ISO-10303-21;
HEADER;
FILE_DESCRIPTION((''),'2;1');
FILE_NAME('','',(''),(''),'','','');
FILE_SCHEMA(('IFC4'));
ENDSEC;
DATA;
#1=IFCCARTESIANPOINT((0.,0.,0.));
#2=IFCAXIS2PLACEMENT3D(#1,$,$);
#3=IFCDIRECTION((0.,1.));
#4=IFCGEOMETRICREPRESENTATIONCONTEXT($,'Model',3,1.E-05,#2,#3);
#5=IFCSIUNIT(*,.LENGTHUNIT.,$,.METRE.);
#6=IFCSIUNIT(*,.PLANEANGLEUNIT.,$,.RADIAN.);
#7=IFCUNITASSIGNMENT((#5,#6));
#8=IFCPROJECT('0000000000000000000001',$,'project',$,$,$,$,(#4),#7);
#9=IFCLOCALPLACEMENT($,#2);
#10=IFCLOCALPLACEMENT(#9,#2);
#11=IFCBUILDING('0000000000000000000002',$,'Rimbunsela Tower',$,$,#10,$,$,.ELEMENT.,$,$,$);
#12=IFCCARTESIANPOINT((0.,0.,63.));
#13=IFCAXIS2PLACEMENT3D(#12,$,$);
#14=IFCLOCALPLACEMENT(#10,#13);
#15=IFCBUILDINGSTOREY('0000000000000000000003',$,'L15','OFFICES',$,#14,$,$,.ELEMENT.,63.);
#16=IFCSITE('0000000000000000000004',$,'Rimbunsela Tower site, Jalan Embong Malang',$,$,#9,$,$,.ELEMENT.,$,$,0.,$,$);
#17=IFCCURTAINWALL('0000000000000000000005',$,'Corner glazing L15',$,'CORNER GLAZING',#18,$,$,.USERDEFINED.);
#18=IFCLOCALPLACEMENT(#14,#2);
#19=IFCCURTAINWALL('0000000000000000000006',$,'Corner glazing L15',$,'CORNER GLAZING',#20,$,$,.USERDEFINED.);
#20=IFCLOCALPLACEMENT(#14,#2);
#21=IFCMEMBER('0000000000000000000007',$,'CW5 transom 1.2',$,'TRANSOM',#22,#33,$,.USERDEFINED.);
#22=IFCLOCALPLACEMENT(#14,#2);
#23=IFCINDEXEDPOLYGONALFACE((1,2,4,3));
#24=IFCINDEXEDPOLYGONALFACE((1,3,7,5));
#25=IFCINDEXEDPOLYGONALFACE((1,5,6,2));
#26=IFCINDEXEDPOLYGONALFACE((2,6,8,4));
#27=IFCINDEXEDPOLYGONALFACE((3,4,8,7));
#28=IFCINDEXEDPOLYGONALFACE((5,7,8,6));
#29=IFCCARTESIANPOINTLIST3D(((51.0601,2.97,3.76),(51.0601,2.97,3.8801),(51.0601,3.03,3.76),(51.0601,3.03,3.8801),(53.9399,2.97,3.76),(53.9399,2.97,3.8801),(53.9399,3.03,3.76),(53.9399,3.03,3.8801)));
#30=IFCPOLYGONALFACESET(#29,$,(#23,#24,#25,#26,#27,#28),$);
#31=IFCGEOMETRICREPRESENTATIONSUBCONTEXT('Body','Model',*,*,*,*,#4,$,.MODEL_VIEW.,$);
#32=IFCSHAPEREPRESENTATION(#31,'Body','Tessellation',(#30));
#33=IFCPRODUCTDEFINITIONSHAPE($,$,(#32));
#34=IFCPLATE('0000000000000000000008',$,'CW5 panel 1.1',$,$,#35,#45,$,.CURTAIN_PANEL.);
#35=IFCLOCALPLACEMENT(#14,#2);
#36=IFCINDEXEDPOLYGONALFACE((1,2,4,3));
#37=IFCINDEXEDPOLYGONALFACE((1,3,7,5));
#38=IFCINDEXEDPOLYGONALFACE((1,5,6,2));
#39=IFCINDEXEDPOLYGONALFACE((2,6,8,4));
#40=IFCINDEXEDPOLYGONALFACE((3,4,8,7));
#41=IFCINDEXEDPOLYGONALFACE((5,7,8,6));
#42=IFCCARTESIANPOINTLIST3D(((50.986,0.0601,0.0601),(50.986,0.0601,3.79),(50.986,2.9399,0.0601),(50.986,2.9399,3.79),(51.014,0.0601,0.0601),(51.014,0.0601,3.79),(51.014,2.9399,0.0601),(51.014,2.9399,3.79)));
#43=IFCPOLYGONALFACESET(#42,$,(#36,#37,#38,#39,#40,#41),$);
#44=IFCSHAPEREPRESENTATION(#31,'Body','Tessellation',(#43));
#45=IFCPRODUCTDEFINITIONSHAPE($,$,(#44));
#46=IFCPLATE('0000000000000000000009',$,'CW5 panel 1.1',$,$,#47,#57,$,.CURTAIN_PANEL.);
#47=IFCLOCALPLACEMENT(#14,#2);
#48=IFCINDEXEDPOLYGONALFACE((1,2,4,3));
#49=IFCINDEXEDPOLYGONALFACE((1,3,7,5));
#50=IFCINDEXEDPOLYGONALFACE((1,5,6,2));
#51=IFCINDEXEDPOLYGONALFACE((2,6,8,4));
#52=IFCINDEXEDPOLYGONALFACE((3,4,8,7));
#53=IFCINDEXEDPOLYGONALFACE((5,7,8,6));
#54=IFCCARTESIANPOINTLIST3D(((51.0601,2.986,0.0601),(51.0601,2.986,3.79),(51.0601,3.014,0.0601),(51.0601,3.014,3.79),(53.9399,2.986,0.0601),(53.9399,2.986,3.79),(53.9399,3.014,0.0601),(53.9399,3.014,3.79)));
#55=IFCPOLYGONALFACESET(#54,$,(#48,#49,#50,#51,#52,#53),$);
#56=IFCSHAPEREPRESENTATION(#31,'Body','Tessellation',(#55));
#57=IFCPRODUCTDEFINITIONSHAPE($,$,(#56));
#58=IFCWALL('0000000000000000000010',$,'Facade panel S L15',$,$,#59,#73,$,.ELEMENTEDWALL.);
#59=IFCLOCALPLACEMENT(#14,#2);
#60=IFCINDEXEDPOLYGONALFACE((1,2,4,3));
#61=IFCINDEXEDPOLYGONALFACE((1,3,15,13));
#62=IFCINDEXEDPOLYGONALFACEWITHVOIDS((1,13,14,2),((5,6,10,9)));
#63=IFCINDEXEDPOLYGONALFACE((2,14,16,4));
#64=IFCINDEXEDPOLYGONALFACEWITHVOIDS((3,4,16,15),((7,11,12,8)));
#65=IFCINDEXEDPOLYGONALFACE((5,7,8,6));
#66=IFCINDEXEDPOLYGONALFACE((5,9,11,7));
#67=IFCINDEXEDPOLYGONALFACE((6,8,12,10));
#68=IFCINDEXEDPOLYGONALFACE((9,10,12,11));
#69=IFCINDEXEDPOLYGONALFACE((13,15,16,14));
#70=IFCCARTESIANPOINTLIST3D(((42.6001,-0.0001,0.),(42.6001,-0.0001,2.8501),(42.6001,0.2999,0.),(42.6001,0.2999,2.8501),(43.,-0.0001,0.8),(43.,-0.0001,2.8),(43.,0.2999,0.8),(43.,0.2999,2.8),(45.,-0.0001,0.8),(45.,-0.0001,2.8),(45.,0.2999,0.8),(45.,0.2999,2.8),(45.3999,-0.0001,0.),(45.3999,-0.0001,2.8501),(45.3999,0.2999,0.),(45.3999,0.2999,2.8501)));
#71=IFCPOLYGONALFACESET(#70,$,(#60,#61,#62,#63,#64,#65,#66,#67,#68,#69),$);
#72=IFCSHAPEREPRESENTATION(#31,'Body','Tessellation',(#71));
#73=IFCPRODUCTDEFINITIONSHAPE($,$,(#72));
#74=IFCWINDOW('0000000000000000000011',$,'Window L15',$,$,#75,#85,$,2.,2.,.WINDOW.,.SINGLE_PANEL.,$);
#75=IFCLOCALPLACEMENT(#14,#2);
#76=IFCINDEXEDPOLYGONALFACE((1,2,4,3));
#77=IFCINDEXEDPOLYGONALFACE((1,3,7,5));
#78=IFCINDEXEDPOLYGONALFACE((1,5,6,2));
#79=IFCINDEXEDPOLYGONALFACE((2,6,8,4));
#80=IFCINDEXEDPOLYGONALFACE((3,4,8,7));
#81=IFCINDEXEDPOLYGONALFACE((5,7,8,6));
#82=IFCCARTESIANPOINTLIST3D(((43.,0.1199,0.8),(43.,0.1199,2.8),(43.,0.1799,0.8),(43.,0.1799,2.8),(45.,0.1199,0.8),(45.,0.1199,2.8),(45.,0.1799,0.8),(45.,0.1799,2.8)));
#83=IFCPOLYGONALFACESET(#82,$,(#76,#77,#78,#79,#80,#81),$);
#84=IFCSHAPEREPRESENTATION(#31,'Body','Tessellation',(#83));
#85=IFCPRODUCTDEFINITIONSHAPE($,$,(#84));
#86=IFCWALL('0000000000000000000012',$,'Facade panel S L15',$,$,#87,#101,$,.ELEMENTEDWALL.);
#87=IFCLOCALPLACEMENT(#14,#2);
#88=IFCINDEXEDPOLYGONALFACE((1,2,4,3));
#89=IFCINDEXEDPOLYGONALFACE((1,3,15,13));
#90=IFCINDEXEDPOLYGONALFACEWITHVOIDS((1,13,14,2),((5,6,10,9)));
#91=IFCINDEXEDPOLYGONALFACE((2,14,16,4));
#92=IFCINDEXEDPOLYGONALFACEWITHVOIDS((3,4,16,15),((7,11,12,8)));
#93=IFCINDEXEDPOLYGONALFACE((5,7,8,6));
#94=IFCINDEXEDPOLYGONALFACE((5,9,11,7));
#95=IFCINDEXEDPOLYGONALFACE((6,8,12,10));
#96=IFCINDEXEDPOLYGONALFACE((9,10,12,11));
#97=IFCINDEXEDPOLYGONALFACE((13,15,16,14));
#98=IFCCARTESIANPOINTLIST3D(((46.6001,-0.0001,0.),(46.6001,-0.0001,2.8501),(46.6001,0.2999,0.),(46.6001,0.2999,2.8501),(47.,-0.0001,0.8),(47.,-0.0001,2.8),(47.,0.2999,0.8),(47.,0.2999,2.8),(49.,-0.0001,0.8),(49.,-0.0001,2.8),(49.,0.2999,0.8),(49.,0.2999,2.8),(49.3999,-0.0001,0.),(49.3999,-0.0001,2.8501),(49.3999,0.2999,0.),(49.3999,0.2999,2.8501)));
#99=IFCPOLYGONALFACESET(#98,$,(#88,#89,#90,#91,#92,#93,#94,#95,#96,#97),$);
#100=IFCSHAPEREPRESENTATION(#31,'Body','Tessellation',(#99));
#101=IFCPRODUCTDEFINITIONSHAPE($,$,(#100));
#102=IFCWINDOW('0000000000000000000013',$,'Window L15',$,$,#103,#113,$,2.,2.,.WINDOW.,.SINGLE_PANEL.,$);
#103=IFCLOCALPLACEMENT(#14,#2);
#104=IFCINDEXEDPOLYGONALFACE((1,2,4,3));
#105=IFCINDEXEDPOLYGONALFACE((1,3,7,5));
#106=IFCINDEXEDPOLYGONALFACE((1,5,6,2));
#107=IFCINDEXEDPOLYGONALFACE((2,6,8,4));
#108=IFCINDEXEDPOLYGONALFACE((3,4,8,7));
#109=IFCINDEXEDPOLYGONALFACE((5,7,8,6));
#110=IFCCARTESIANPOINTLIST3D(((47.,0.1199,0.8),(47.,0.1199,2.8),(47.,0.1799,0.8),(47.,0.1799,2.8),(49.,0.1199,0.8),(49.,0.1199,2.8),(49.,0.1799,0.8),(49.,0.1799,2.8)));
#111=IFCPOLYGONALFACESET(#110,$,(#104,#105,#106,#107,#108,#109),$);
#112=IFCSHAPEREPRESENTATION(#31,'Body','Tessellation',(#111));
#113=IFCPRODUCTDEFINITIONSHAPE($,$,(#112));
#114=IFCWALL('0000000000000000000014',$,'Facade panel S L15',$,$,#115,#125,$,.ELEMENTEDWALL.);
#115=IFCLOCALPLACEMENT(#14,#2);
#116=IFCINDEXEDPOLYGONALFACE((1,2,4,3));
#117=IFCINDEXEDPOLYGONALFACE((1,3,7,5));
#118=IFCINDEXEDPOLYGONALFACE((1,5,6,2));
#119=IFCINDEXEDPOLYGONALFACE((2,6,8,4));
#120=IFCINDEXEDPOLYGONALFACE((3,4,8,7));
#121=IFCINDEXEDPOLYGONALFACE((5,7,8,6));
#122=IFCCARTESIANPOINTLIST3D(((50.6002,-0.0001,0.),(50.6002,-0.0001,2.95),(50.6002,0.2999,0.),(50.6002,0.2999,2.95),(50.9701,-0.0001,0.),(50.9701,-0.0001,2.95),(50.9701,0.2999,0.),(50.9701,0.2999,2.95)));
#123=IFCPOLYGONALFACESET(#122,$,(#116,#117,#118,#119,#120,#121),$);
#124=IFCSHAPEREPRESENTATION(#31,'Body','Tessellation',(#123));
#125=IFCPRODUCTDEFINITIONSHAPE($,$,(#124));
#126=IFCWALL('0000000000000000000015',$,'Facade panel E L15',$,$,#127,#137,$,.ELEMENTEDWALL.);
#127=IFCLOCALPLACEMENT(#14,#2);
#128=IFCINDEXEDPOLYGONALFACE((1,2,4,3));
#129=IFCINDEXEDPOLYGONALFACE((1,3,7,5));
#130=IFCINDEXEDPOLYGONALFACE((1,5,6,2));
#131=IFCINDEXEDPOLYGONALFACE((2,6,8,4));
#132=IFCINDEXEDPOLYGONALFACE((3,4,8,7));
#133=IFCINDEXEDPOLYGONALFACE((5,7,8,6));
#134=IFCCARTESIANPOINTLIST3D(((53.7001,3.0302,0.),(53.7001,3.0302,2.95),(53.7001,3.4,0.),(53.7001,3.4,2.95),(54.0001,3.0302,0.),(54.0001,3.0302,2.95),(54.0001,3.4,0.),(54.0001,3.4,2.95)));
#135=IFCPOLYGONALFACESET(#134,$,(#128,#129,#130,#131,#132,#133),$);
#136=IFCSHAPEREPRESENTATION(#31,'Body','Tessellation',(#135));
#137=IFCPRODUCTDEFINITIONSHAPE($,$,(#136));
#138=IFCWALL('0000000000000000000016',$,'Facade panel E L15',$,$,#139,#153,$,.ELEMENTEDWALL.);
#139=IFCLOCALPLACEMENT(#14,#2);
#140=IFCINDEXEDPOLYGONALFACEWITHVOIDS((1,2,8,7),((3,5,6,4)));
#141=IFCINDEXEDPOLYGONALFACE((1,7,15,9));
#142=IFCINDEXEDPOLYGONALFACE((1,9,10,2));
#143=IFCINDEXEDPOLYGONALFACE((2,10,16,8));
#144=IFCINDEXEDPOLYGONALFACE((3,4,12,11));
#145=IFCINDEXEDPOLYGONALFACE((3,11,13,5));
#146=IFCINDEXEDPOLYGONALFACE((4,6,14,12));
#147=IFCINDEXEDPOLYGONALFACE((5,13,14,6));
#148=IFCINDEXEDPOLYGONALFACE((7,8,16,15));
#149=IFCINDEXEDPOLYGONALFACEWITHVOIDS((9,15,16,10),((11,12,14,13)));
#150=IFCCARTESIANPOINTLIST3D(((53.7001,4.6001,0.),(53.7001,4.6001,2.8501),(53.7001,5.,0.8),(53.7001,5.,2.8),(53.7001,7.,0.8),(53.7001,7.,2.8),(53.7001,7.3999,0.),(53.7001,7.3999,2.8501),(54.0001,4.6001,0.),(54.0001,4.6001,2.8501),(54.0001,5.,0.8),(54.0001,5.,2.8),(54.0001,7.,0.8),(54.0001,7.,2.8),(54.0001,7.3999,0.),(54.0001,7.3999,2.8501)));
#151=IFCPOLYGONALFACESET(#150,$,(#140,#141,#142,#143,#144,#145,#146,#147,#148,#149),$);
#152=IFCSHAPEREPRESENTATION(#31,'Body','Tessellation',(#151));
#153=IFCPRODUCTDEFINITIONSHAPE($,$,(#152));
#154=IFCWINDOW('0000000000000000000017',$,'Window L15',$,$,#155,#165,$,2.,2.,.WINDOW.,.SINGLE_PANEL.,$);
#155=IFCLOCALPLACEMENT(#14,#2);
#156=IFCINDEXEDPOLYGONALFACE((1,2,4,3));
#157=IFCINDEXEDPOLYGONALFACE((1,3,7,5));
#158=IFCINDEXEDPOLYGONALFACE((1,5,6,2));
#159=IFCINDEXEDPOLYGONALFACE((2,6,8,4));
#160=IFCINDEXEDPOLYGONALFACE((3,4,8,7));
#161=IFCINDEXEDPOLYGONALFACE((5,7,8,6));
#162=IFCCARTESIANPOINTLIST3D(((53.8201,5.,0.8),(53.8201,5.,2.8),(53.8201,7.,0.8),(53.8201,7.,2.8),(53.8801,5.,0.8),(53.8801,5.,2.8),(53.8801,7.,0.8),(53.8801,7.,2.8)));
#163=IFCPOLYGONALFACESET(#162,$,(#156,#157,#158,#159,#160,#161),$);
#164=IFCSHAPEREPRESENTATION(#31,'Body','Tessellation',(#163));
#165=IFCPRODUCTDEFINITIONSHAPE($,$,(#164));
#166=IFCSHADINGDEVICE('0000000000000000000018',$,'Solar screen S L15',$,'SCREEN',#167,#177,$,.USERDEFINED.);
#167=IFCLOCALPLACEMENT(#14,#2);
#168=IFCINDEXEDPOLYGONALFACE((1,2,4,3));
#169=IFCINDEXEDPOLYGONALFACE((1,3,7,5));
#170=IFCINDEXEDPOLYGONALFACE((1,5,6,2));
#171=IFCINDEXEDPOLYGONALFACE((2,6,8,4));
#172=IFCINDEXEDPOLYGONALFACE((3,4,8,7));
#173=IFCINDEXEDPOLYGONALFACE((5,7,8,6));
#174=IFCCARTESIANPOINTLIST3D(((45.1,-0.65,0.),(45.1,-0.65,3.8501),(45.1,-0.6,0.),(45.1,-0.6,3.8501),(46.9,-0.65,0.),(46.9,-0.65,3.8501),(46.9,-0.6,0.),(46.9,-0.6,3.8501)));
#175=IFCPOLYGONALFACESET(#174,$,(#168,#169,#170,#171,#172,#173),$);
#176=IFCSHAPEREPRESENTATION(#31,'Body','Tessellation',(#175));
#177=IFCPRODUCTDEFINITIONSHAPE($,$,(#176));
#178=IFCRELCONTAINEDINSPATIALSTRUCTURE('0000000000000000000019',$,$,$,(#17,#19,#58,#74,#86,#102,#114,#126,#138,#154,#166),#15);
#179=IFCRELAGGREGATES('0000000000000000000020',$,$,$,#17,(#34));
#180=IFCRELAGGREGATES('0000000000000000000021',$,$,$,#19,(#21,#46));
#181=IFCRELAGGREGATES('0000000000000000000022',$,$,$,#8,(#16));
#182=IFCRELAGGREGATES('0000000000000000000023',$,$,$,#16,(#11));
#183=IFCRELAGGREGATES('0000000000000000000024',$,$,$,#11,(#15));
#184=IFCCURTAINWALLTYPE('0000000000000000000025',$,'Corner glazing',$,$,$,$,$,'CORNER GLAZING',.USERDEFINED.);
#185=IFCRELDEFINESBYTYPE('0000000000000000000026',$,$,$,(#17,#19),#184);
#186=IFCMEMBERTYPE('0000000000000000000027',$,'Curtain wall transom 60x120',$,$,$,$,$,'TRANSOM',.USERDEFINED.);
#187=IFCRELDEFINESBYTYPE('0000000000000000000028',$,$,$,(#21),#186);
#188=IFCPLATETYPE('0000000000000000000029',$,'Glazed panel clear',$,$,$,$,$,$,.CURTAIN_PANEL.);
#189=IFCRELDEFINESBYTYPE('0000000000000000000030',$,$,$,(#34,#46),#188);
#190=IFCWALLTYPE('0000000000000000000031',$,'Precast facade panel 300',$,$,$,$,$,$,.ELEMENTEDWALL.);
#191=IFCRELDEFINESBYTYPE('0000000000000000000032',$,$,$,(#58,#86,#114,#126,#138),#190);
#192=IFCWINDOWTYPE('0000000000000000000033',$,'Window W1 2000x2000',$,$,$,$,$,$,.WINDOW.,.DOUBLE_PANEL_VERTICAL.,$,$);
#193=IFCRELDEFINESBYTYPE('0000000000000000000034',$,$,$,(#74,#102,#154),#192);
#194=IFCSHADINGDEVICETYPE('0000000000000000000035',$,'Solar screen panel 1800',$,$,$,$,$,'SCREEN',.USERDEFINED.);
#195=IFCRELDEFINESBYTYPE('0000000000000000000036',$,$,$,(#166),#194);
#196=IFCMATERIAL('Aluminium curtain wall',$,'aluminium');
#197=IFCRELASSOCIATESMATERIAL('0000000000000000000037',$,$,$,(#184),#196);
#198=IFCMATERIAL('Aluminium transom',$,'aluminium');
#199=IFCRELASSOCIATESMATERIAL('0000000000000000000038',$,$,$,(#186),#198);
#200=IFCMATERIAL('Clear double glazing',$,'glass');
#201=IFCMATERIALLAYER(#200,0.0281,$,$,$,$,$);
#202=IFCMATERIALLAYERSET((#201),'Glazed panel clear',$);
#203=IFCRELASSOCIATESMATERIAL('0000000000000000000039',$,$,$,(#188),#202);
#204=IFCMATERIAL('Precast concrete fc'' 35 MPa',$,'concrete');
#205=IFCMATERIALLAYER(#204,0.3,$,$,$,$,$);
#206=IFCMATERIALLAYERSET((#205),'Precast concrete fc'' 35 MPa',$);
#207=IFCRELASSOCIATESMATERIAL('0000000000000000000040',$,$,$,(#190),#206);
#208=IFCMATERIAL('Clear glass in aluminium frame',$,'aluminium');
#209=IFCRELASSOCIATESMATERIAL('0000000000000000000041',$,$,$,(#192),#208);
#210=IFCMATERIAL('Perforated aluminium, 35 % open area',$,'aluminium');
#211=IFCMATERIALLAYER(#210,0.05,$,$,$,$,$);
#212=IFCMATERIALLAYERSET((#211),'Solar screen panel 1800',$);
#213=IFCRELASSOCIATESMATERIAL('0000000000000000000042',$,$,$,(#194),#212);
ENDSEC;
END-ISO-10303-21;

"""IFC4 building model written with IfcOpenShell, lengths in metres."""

from ifc_helpers import new_model, si_unit, direction, frame, frame_2d, origin, origin_2d, place, context, subcontext, project, spatial, rectangle, extrude, material, layer, layer_set, material_profile, profile_set, type_object, element, fill, aggregate, save


model = new_model("IFC4")

# Units and contexts
model_context = context("Model", 3, precision=1e-05, world=origin(), true_north=direction((0.0, 1.0)))
body_context = subcontext(model_context, "Body", "Model", "MODEL_VIEW")
ifc_project = project(units=[si_unit("LENGTHUNIT", "METRE"), si_unit("PLANEANGLEUNIT", "RADIAN")], contexts=[model_context])

# Site, building, storey
site_placement = place(None, origin())
site = spatial("IfcSite", under=ifc_project, at=site_placement, Name="Rimbunsela Tower site, Jalan Embong Malang", CompositionType="ELEMENT", RefElevation=0.0)
building_placement = place(site_placement, origin())
building = spatial("IfcBuilding", under=site, at=building_placement, Name="Rimbunsela Tower", CompositionType="ELEMENT")
storey_placement = place(building_placement, frame((0.0, 0.0, 63.0)))
storey = spatial("IfcBuildingStorey", under=building, at=storey_placement, Name="L15", Description="OFFICES", CompositionType="ELEMENT", Elevation=63.0)

# Curtain walls
ifc_material_1 = material(Name="Aluminium curtain wall", Category="aluminium")
curtain_wall_type = type_object("IfcCurtainWallType", Name="Corner glazing", ElementType="CORNER GLAZING", PredefinedType="USERDEFINED", material=ifc_material_1)
curtain_wall_1_placement = place(storey_placement, origin())
curtain_wall_1 = element("IfcCurtainWall", 1, at=curtain_wall_1_placement, inside=storey, type_object=curtain_wall_type, Name="Corner glazing L15", ObjectType="CORNER GLAZING", PredefinedType="USERDEFINED")
curtain_wall_2_placement = place(storey_placement, origin())
curtain_wall_2 = element("IfcCurtainWall", 2, at=curtain_wall_2_placement, inside=storey, type_object=curtain_wall_type, Name="Corner glazing L15", ObjectType="CORNER GLAZING", PredefinedType="USERDEFINED")

# Member
ifc_material_2 = material(Name="Aluminium transom", Category="aluminium")
ifc_material_profile_1 = material_profile(ifc_material_2, rectangle(XDim=0.0601, YDim=0.1201, at=origin_2d()), Name="Transom 60x120")
ifc_profile_set_1 = profile_set([ifc_material_profile_1], Name="Aluminium transom")
member_type_1 = type_object("IfcMemberType", Name="Curtain wall transom 60x120", ElementType="TRANSOM", PredefinedType="USERDEFINED", material=ifc_profile_set_1)
member_1_placement = place(storey_placement, frame((51.0601, 3.0, 3.8201), z_axis=(1.0, 0.0, 0.0), x_axis=(0.0, 1.0, 0.0)))
member_1 = element("IfcMember", 3, at=member_1_placement, type_object=member_type_1, Name="CW5 transom 1.2", ObjectType="TRANSOM", PredefinedType="USERDEFINED", context=body_context, shape_type="SweptSolid", body=[
    extrude(rectangle(XDim=0.0601, YDim=0.1201, at=origin_2d()), origin(), (0.0, 0.0, 1.0), 2.8799),
])

# Plates
ifc_material_3 = material(Name="Clear double glazing", Category="glass")
ifc_layer_1 = layer(ifc_material_3, 0.0281)
ifc_layer_set_1 = layer_set([ifc_layer_1], Name="Glazed panel clear")
plate_type = type_object("IfcPlateType", Name="Glazed panel clear", PredefinedType="CURTAIN_PANEL", material=ifc_layer_set_1)
plate_1_placement = place(storey_placement, frame((51.0, 1.5, 0.0601), z_axis=(0.0, 0.0, 1.0), x_axis=(0.0, 1.0, 0.0)))
plate_1 = element("IfcPlate", 4, at=plate_1_placement, type_object=plate_type, Name="CW5 panel 1.1", PredefinedType="CURTAIN_PANEL", context=body_context, shape_type="SweptSolid", body=[
    extrude(rectangle(XDim=2.8799, YDim=0.0281, at=origin_2d()), origin(), (0.0, 0.0, 1.0), 3.73),
])
aggregate(curtain_wall_1, [plate_1])
plate_2_placement = place(storey_placement, frame((52.5, 3.0, 0.0601), z_axis=(0.0, 0.0, 1.0), x_axis=(1.0, 0.0, 0.0)))
plate_2 = element("IfcPlate", 5, at=plate_2_placement, type_object=plate_type, Name="CW5 panel 1.1", PredefinedType="CURTAIN_PANEL", context=body_context, shape_type="SweptSolid", body=[
    extrude(rectangle(XDim=2.8799, YDim=0.0281, at=origin_2d()), origin(), (0.0, 0.0, 1.0), 3.73),
])
aggregate(curtain_wall_2, [member_1, plate_2])

# Walls, openings, windows
ifc_material_4 = material(Name="Precast concrete fc' 35 MPa", Category="concrete")
ifc_layer_2 = layer(ifc_material_4, 0.3)
ifc_layer_set_2 = layer_set([ifc_layer_2], Name="Precast concrete fc' 35 MPa")
wall_type = type_object("IfcWallType", Name="Precast facade panel 300", PredefinedType="ELEMENTEDWALL", material=ifc_layer_set_2)
wall_1_placement = place(storey_placement, frame((42.6001, 0.1499, 0.0), z_axis=(0.0, 0.0, 1.0), x_axis=(1.0, 0.0, 0.0)))
wall_1 = element("IfcWall", 6, at=wall_1_placement, inside=storey, type_object=wall_type, Name="Facade panel S L15", PredefinedType="ELEMENTEDWALL", context=body_context, shape_type="SweptSolid", body=[
    extrude(rectangle(XDim=2.7998, YDim=0.3, at=frame_2d((1.3999, 0.0))), origin(), (0.0, 0.0, 1.0), 2.8501),
])
opening_1_placement = place(wall_1_placement, frame((0.3999, 0.0, 0.8)))
opening_1 = element("IfcOpeningElement", 7, at=opening_1_placement, cuts=wall_1, PredefinedType="OPENING", context=body_context, shape_type="SweptSolid", body=[
    extrude(rectangle(XDim=2.0, YDim=2.0, at=frame_2d((1.0, 1.0))), frame((0.0, 0.1599, 0.0), z_axis=(0.0, -1.0, 0.0), x_axis=(1.0, 0.0, 0.0)), (0.0, 0.0, 1.0), 0.3201),
])
ifc_material_5 = material(Name="Clear glass in aluminium frame", Category="aluminium")
window_type = type_object("IfcWindowType", Name="Window W1 2000x2000", PartitioningType="DOUBLE_PANEL_VERTICAL", PredefinedType="WINDOW", material=ifc_material_5)
window_1_placement = place(opening_1_placement, origin())
window_1 = element("IfcWindow", 8, at=window_1_placement, inside=storey, type_object=window_type, Name="Window L15", OverallHeight=2.0, OverallWidth=2.0, PartitioningType="SINGLE_PANEL", PredefinedType="WINDOW", context=body_context, shape_type="SweptSolid", body=[
    extrude(rectangle(XDim=2.0, YDim=2.0, at=frame_2d((1.0, 1.0))), frame((0.0, 0.03, 0.0), z_axis=(0.0, -1.0, 0.0), x_axis=(1.0, 0.0, 0.0)), (0.0, 0.0, 1.0), 0.0601),
])
fill(opening_1, window_1)
wall_2_placement = place(storey_placement, frame((46.6001, 0.1499, 0.0), z_axis=(0.0, 0.0, 1.0), x_axis=(1.0, 0.0, 0.0)))
wall_2 = element("IfcWall", 9, at=wall_2_placement, inside=storey, type_object=wall_type, Name="Facade panel S L15", PredefinedType="ELEMENTEDWALL", context=body_context, shape_type="SweptSolid", body=[
    extrude(rectangle(XDim=2.7998, YDim=0.3, at=frame_2d((1.3999, 0.0))), origin(), (0.0, 0.0, 1.0), 2.8501),
])
opening_2_placement = place(wall_2_placement, frame((0.3999, 0.0, 0.8)))
opening_2 = element("IfcOpeningElement", 10, at=opening_2_placement, cuts=wall_2, PredefinedType="OPENING", context=body_context, shape_type="SweptSolid", body=[
    extrude(rectangle(XDim=2.0, YDim=2.0, at=frame_2d((1.0, 1.0))), frame((0.0, 0.1599, 0.0), z_axis=(0.0, -1.0, 0.0), x_axis=(1.0, 0.0, 0.0)), (0.0, 0.0, 1.0), 0.3201),
])
window_2_placement = place(opening_2_placement, origin())
window_2 = element("IfcWindow", 11, at=window_2_placement, inside=storey, type_object=window_type, Name="Window L15", OverallHeight=2.0, OverallWidth=2.0, PartitioningType="SINGLE_PANEL", PredefinedType="WINDOW", context=body_context, shape_type="SweptSolid", body=[
    extrude(rectangle(XDim=2.0, YDim=2.0, at=frame_2d((1.0, 1.0))), frame((0.0, 0.03, 0.0), z_axis=(0.0, -1.0, 0.0), x_axis=(1.0, 0.0, 0.0)), (0.0, 0.0, 1.0), 0.0601),
])
fill(opening_2, window_2)

# Walls
for number, where, z_axis, x_axis, name in (
    (12, (50.6001, 0.1499, 0.0), (0.0, 0.0, 1.0), (1.0, 0.0, 0.0), "Facade panel S L15"),
    (13, (53.8501, 3.03, 0.0), (0.0, 0.0, 1.0), (0.0, 1.0, 0.0), "Facade panel E L15"),
):
    element("IfcWall", number, at=place(storey_placement, frame(where, z_axis=z_axis, x_axis=x_axis)), inside=storey, type_object=wall_type, Name=name, PredefinedType="ELEMENTEDWALL", context=body_context, shape_type="SweptSolid", body=[
        extrude(rectangle(XDim=0.3699, YDim=0.3, at=frame_2d((0.1851, 0.0))), origin(), (0.0, 0.0, 1.0), 2.95),
    ])

# Wall, opening, window
wall_3_placement = place(storey_placement, frame((53.8501, 4.6001, 0.0), z_axis=(0.0, 0.0, 1.0), x_axis=(0.0, 1.0, 0.0)))
wall_3 = element("IfcWall", 14, at=wall_3_placement, inside=storey, type_object=wall_type, Name="Facade panel E L15", PredefinedType="ELEMENTEDWALL", context=body_context, shape_type="SweptSolid", body=[
    extrude(rectangle(XDim=2.7998, YDim=0.3, at=frame_2d((1.3999, 0.0))), origin(), (0.0, 0.0, 1.0), 2.8501),
])
opening_3_placement = place(wall_3_placement, frame((0.3999, 0.0, 0.8)))
opening_3 = element("IfcOpeningElement", 15, at=opening_3_placement, cuts=wall_3, PredefinedType="OPENING", context=body_context, shape_type="SweptSolid", body=[
    extrude(rectangle(XDim=2.0, YDim=2.0, at=frame_2d((1.0, 1.0))), frame((0.0, 0.1599, 0.0), z_axis=(0.0, -1.0, 0.0), x_axis=(1.0, 0.0, 0.0)), (0.0, 0.0, 1.0), 0.3201),
])
window_3_placement = place(opening_3_placement, origin())
window_3 = element("IfcWindow", 16, at=window_3_placement, inside=storey, type_object=window_type, Name="Window L15", OverallHeight=2.0, OverallWidth=2.0, PartitioningType="SINGLE_PANEL", PredefinedType="WINDOW", context=body_context, shape_type="SweptSolid", body=[
    extrude(rectangle(XDim=2.0, YDim=2.0, at=frame_2d((1.0, 1.0))), frame((0.0, 0.03, 0.0), z_axis=(0.0, -1.0, 0.0), x_axis=(1.0, 0.0, 0.0)), (0.0, 0.0, 1.0), 0.0601),
])
fill(opening_3, window_3)

# Shading device
ifc_material_6 = material(Name="Perforated aluminium, 35 % open area", Category="aluminium")
ifc_layer_3 = layer(ifc_material_6, 0.05)
ifc_layer_set_3 = layer_set([ifc_layer_3], Name="Solar screen panel 1800")
shading_device_type = type_object("IfcShadingDeviceType", Name="Solar screen panel 1800", ElementType="SCREEN", PredefinedType="USERDEFINED", material=ifc_layer_set_3)
for number, where, z_axis, x_axis, name in (
    (17, (46.0, -0.625, 0.0), (0.0, 0.0, 1.0), (1.0, 0.0, 0.0), "Solar screen S L15"),
):
    element("IfcShadingDevice", number, at=place(storey_placement, frame(where, z_axis=z_axis, x_axis=x_axis)), inside=storey, type_object=shading_device_type, Name=name, ObjectType="SCREEN", PredefinedType="USERDEFINED", context=body_context, shape_type="SweptSolid", body=[
        extrude(rectangle(XDim=1.8, YDim=0.05, at=origin_2d()), origin(), (0.0, 0.0, 1.0), 3.8501),
    ])

save(model, "model.ifc")
